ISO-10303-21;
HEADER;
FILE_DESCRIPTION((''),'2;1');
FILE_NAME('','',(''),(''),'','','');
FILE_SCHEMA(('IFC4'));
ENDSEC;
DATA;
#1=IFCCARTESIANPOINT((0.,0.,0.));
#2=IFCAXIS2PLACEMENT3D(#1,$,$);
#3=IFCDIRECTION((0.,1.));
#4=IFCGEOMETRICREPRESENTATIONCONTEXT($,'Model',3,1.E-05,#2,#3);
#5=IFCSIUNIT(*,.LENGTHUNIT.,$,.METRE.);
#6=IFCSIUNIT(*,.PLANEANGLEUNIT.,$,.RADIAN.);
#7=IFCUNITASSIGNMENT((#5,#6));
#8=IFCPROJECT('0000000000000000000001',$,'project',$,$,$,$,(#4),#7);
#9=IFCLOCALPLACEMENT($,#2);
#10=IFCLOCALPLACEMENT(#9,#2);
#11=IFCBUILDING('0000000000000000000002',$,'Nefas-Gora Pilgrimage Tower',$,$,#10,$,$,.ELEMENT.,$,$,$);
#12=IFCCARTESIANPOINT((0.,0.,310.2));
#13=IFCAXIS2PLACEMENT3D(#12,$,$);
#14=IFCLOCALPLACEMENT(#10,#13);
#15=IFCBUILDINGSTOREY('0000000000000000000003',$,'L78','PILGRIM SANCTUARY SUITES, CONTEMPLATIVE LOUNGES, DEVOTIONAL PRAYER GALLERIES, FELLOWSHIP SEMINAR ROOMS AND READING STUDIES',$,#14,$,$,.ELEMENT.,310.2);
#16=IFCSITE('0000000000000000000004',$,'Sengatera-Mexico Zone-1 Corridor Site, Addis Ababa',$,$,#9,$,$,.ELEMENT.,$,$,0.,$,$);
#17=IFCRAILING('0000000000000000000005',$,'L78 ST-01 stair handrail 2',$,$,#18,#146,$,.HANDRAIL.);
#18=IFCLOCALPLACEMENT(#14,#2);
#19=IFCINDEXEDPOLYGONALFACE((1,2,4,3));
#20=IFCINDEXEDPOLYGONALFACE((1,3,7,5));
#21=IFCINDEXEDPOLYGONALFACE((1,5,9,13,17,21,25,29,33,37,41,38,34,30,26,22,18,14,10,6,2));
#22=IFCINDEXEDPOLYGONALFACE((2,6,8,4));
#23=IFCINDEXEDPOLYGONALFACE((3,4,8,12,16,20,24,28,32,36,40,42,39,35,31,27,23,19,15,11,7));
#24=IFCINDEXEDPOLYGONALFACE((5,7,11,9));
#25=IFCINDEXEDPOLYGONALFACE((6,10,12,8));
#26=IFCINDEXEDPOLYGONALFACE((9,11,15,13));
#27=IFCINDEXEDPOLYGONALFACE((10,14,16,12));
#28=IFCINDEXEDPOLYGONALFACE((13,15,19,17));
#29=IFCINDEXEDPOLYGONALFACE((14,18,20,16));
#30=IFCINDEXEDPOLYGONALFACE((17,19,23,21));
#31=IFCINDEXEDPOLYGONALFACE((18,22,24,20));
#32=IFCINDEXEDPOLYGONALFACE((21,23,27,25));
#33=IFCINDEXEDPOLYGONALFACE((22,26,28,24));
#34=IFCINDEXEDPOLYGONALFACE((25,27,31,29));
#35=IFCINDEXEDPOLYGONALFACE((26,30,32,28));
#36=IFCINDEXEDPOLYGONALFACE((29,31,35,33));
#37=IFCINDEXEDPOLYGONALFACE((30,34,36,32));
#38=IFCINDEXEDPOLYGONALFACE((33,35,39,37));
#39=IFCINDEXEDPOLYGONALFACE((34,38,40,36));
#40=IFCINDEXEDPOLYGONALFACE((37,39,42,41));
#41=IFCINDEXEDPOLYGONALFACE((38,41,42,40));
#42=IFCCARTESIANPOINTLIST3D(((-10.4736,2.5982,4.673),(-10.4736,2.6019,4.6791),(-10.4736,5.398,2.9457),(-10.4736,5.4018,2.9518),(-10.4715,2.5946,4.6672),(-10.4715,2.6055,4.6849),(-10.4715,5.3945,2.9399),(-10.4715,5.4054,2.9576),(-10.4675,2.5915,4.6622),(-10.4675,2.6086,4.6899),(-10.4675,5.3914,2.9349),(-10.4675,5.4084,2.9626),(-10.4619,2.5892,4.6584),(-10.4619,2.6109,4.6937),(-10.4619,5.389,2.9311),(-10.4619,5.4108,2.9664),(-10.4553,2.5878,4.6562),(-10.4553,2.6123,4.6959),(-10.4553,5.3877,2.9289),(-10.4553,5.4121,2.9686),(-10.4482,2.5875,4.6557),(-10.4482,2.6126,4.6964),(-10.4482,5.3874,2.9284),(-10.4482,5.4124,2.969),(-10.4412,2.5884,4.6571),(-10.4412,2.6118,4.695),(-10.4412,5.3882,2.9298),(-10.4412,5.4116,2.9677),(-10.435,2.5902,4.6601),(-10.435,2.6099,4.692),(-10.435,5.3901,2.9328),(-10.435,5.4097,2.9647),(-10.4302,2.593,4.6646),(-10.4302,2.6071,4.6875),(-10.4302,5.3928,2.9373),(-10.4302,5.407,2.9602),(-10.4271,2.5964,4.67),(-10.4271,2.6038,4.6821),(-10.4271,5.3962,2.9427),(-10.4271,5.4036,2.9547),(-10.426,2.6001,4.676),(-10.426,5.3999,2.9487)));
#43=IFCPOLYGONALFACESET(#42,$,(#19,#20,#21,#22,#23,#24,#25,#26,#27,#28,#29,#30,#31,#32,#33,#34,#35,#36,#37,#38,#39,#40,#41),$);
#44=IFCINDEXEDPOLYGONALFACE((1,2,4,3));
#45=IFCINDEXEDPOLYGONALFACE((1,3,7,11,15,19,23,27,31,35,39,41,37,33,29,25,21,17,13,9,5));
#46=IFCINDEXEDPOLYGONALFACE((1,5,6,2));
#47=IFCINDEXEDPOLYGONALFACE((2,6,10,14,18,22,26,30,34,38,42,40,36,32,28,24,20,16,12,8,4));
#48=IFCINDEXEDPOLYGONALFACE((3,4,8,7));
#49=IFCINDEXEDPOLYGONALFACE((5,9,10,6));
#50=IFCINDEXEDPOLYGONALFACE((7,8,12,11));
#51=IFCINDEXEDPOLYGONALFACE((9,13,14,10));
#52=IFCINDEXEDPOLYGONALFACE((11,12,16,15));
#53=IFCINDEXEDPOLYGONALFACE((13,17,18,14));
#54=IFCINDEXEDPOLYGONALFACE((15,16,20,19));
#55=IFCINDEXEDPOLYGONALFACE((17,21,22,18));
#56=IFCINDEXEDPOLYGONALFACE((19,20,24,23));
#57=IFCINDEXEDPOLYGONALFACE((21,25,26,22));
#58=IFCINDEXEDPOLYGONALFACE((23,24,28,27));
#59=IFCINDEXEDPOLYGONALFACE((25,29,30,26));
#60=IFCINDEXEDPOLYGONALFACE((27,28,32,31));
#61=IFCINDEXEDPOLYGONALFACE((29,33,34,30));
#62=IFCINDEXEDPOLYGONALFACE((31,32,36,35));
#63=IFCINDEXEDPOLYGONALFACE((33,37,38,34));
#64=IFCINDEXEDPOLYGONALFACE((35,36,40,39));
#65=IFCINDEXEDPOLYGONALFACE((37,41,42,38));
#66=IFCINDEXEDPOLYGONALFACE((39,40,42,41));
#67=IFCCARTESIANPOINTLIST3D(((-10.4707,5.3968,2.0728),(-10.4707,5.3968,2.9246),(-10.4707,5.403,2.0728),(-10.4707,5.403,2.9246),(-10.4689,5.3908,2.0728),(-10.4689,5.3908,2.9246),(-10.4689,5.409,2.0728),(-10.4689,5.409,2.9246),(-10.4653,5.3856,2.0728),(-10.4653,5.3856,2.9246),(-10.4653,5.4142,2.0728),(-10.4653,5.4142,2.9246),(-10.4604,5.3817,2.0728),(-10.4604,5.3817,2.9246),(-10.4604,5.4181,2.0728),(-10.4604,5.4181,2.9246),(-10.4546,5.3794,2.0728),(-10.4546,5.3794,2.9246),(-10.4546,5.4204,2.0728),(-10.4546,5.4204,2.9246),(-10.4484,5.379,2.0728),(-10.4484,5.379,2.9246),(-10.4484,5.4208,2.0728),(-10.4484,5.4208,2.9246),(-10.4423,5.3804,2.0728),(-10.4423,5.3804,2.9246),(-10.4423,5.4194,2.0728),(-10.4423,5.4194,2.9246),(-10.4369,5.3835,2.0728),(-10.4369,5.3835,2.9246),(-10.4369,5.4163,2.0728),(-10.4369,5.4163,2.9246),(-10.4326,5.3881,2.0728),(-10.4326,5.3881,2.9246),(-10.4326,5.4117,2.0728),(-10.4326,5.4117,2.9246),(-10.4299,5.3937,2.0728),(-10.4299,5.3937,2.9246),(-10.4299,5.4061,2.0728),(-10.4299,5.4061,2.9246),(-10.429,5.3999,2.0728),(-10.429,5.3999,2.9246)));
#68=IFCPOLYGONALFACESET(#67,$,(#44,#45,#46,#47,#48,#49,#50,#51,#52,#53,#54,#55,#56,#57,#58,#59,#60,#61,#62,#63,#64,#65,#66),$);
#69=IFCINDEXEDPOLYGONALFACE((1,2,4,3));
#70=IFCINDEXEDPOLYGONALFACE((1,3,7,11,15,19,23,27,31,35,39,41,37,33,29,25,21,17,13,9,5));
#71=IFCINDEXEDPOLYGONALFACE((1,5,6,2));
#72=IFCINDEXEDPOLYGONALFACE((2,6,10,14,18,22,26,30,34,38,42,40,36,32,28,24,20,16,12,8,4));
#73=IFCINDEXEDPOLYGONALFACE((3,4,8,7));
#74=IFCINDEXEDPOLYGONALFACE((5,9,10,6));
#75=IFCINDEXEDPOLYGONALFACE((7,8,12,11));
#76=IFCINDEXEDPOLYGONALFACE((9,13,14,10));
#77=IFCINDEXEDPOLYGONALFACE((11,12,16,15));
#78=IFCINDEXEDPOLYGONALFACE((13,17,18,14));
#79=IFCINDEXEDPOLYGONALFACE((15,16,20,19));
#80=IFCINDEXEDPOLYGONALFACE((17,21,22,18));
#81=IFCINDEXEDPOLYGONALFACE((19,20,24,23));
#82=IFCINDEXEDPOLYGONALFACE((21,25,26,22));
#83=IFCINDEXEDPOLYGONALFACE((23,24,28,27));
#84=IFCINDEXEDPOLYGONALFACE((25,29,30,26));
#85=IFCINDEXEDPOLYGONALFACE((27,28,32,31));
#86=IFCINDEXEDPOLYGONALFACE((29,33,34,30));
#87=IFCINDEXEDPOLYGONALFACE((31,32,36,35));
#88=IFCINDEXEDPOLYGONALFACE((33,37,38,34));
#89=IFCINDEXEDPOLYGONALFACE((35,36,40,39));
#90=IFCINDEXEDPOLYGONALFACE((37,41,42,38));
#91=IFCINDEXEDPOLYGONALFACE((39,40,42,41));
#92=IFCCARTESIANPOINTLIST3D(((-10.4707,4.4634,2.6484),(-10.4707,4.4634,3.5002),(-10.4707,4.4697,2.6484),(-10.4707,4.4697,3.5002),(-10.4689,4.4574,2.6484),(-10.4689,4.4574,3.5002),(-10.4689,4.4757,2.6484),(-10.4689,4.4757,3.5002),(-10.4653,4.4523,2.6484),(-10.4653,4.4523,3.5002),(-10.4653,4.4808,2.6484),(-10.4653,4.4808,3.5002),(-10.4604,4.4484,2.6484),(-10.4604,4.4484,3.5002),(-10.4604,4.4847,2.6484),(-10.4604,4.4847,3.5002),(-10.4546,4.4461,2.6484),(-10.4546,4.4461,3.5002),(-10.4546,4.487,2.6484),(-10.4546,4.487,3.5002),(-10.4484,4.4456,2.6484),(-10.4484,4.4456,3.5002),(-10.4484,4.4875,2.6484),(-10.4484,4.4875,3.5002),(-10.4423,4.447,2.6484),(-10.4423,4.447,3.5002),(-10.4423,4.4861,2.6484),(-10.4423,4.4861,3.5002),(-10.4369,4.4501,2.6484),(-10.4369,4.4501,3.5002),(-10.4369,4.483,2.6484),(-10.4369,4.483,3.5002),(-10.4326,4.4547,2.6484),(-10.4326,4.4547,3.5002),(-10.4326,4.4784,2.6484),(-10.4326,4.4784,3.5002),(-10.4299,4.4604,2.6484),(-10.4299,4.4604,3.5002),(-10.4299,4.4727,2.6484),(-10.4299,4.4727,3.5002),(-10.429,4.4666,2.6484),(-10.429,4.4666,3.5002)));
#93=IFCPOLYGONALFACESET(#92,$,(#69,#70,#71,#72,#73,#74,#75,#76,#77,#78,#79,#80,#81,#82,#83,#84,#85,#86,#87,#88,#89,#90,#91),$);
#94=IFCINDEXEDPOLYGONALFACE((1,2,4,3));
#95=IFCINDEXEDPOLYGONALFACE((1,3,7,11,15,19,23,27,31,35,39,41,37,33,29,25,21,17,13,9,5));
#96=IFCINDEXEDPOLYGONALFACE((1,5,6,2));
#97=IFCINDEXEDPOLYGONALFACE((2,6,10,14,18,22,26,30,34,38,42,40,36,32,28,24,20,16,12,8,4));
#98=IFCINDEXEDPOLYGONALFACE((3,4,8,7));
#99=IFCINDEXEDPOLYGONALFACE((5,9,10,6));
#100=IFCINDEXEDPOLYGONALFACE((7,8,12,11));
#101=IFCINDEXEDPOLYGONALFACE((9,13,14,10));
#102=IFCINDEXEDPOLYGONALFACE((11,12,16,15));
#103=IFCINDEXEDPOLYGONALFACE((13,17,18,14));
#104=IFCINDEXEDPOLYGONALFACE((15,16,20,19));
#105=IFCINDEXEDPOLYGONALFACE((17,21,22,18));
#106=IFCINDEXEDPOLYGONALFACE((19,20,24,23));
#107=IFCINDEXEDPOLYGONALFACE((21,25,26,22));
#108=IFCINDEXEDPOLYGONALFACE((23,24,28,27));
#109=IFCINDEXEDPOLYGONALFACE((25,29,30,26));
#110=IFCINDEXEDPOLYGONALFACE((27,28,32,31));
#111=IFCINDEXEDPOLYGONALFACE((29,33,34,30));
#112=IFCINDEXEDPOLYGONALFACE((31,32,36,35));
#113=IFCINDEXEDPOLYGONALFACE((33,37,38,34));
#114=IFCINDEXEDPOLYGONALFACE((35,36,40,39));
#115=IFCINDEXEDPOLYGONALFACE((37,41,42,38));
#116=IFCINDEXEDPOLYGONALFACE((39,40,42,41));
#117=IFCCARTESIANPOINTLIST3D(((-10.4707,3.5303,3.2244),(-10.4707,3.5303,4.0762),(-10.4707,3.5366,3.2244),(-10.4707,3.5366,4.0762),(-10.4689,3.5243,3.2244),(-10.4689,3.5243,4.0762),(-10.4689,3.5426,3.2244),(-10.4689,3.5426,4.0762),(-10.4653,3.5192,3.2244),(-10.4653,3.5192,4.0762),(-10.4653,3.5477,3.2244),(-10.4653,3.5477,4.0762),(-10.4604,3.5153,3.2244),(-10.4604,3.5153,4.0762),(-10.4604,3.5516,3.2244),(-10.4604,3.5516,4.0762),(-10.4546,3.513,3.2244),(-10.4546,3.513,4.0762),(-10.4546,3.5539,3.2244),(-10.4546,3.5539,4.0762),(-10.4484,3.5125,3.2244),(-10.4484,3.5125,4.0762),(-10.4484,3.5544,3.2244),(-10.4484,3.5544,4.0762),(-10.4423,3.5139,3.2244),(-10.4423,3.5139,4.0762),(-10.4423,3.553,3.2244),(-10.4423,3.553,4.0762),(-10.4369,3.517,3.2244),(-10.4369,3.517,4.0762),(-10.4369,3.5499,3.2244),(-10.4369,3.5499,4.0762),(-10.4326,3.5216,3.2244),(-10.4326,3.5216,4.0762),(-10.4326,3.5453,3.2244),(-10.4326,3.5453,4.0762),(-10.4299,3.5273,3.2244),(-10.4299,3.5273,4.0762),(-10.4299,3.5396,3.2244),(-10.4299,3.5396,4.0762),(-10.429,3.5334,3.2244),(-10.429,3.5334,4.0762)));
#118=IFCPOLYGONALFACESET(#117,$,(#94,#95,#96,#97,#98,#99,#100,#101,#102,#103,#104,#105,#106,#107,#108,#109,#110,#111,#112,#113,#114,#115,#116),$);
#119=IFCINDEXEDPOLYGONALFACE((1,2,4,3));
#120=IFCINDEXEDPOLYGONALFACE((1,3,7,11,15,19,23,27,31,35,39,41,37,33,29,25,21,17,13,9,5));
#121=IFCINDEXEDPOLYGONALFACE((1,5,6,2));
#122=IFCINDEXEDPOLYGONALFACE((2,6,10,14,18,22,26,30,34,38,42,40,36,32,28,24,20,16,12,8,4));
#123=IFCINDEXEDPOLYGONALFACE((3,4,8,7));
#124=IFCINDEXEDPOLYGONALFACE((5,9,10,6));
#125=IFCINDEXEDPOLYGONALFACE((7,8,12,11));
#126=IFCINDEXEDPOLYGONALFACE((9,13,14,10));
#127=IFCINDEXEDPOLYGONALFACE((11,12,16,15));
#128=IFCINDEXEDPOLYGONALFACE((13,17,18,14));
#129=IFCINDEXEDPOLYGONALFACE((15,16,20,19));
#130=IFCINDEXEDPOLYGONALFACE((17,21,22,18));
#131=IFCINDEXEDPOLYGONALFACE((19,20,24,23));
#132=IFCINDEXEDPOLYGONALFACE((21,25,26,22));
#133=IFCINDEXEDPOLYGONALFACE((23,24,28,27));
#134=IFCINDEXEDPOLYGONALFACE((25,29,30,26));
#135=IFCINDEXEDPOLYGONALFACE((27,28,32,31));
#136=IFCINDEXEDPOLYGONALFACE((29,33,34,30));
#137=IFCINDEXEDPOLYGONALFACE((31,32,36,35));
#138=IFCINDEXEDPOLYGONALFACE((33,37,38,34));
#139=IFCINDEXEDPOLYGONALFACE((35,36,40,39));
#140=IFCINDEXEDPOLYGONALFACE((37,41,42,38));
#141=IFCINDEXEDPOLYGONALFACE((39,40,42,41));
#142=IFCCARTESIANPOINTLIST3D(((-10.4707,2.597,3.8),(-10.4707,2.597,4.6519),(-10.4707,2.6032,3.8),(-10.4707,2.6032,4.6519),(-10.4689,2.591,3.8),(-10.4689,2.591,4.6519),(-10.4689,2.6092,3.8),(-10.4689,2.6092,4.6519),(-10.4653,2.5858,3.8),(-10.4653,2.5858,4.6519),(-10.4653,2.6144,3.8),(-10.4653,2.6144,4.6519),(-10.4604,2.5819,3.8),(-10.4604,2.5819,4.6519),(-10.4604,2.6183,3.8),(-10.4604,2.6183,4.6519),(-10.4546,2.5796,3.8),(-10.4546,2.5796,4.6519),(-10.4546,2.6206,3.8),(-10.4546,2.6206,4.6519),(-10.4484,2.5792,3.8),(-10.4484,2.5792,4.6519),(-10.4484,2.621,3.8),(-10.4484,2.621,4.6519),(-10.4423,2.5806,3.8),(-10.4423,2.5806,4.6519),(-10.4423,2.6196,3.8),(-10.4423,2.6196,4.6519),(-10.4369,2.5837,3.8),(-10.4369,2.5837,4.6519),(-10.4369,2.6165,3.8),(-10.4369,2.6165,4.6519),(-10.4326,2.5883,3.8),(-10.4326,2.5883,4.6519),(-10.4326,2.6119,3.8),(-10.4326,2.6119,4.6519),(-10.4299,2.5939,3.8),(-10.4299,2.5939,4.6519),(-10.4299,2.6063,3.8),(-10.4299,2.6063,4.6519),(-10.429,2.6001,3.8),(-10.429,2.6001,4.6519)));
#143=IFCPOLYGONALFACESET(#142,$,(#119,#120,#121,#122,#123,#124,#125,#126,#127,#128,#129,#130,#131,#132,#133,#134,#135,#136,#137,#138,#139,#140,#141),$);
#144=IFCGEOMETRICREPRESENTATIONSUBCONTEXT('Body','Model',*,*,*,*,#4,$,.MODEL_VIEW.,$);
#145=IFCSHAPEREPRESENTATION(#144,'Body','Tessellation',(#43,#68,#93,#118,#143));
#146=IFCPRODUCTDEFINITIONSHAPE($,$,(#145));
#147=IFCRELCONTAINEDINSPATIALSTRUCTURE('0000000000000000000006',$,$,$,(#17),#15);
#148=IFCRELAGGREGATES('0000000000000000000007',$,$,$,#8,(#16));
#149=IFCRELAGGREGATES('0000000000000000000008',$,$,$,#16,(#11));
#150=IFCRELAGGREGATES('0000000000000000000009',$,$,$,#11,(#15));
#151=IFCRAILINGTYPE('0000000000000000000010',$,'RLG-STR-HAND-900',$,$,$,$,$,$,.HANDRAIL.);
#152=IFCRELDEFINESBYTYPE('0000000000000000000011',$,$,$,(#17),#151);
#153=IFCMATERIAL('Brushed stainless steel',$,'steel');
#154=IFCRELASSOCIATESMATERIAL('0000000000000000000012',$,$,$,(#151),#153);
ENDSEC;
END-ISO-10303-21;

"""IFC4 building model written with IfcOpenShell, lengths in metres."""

from ifc_helpers import new_model, si_unit, direction, frame, origin, origin_2d, place, context, subcontext, project, spatial, circle, extrude, material, type_object, element, save


model = new_model("IFC4")

# Units and contexts
model_context = context("Model", 3, precision=1e-05, world=origin(), true_north=direction((0.0, 1.0)))
body_context = subcontext(model_context, "Body", "Model", "MODEL_VIEW")
ifc_project = project(units=[si_unit("LENGTHUNIT", "METRE"), si_unit("PLANEANGLEUNIT", "RADIAN")], contexts=[model_context])

# Site, building, storey
site_placement = place(None, origin())
site = spatial("IfcSite", under=ifc_project, at=site_placement, Name="Sengatera-Mexico Zone-1 Corridor Site, Addis Ababa", CompositionType="ELEMENT", RefElevation=0.0)
building_placement = place(site_placement, origin())
building = spatial("IfcBuilding", under=site, at=building_placement, Name="Nefas-Gora Pilgrimage Tower", CompositionType="ELEMENT")
storey_placement = place(building_placement, frame((0.0, 0.0, 310.2)))
storey = spatial("IfcBuildingStorey", under=building, at=storey_placement, Name="L78", Description="PILGRIM SANCTUARY SUITES, CONTEMPLATIVE LOUNGES, DEVOTIONAL PRAYER GALLERIES, FELLOWSHIP SEMINAR ROOMS AND READING STUDIES", CompositionType="ELEMENT", Elevation=310.2)

# Railing
ifc_material_1 = material(Name="Brushed stainless steel", Category="steel")
railing_type_1 = type_object("IfcRailingType", Name="RLG-STR-HAND-900", PredefinedType="HANDRAIL", material=ifc_material_1)
railing_1_placement = place(storey_placement, frame((-10.45, 5.3999, 2.0728)))
element("IfcRailing", 1, at=railing_1_placement, inside=storey, type_object=railing_type_1, Name="L78 ST-01 stair handrail 2", PredefinedType="HANDRAIL", context=body_context, shape_type="SweptSolid", body=[
    extrude(circle(Radius=0.0239, at=origin_2d()), frame((0.0, 0.0, 0.876), z_axis=(0.0, -0.851069, 0.525054), x_axis=(1.0, 0.0, 0.0)), (0.0, 0.0, 1.0), 3.2898),
    extrude(circle(Radius=0.021, at=origin_2d()), origin(), (0.0, 0.0, 1.0), 0.8518),
    extrude(circle(Radius=0.021, at=origin_2d()), frame((0.0, -0.9333, 0.5757)), (0.0, 0.0, 1.0), 0.8518),
    extrude(circle(Radius=0.021, at=origin_2d()), frame((0.0, -1.8665, 1.1516)), (0.0, 0.0, 1.0), 0.8518),
    extrude(circle(Radius=0.021, at=origin_2d()), frame((0.0, -2.7998, 1.7273)), (0.0, 0.0, 1.0), 0.8518),
])

save(model, "model.ifc")
